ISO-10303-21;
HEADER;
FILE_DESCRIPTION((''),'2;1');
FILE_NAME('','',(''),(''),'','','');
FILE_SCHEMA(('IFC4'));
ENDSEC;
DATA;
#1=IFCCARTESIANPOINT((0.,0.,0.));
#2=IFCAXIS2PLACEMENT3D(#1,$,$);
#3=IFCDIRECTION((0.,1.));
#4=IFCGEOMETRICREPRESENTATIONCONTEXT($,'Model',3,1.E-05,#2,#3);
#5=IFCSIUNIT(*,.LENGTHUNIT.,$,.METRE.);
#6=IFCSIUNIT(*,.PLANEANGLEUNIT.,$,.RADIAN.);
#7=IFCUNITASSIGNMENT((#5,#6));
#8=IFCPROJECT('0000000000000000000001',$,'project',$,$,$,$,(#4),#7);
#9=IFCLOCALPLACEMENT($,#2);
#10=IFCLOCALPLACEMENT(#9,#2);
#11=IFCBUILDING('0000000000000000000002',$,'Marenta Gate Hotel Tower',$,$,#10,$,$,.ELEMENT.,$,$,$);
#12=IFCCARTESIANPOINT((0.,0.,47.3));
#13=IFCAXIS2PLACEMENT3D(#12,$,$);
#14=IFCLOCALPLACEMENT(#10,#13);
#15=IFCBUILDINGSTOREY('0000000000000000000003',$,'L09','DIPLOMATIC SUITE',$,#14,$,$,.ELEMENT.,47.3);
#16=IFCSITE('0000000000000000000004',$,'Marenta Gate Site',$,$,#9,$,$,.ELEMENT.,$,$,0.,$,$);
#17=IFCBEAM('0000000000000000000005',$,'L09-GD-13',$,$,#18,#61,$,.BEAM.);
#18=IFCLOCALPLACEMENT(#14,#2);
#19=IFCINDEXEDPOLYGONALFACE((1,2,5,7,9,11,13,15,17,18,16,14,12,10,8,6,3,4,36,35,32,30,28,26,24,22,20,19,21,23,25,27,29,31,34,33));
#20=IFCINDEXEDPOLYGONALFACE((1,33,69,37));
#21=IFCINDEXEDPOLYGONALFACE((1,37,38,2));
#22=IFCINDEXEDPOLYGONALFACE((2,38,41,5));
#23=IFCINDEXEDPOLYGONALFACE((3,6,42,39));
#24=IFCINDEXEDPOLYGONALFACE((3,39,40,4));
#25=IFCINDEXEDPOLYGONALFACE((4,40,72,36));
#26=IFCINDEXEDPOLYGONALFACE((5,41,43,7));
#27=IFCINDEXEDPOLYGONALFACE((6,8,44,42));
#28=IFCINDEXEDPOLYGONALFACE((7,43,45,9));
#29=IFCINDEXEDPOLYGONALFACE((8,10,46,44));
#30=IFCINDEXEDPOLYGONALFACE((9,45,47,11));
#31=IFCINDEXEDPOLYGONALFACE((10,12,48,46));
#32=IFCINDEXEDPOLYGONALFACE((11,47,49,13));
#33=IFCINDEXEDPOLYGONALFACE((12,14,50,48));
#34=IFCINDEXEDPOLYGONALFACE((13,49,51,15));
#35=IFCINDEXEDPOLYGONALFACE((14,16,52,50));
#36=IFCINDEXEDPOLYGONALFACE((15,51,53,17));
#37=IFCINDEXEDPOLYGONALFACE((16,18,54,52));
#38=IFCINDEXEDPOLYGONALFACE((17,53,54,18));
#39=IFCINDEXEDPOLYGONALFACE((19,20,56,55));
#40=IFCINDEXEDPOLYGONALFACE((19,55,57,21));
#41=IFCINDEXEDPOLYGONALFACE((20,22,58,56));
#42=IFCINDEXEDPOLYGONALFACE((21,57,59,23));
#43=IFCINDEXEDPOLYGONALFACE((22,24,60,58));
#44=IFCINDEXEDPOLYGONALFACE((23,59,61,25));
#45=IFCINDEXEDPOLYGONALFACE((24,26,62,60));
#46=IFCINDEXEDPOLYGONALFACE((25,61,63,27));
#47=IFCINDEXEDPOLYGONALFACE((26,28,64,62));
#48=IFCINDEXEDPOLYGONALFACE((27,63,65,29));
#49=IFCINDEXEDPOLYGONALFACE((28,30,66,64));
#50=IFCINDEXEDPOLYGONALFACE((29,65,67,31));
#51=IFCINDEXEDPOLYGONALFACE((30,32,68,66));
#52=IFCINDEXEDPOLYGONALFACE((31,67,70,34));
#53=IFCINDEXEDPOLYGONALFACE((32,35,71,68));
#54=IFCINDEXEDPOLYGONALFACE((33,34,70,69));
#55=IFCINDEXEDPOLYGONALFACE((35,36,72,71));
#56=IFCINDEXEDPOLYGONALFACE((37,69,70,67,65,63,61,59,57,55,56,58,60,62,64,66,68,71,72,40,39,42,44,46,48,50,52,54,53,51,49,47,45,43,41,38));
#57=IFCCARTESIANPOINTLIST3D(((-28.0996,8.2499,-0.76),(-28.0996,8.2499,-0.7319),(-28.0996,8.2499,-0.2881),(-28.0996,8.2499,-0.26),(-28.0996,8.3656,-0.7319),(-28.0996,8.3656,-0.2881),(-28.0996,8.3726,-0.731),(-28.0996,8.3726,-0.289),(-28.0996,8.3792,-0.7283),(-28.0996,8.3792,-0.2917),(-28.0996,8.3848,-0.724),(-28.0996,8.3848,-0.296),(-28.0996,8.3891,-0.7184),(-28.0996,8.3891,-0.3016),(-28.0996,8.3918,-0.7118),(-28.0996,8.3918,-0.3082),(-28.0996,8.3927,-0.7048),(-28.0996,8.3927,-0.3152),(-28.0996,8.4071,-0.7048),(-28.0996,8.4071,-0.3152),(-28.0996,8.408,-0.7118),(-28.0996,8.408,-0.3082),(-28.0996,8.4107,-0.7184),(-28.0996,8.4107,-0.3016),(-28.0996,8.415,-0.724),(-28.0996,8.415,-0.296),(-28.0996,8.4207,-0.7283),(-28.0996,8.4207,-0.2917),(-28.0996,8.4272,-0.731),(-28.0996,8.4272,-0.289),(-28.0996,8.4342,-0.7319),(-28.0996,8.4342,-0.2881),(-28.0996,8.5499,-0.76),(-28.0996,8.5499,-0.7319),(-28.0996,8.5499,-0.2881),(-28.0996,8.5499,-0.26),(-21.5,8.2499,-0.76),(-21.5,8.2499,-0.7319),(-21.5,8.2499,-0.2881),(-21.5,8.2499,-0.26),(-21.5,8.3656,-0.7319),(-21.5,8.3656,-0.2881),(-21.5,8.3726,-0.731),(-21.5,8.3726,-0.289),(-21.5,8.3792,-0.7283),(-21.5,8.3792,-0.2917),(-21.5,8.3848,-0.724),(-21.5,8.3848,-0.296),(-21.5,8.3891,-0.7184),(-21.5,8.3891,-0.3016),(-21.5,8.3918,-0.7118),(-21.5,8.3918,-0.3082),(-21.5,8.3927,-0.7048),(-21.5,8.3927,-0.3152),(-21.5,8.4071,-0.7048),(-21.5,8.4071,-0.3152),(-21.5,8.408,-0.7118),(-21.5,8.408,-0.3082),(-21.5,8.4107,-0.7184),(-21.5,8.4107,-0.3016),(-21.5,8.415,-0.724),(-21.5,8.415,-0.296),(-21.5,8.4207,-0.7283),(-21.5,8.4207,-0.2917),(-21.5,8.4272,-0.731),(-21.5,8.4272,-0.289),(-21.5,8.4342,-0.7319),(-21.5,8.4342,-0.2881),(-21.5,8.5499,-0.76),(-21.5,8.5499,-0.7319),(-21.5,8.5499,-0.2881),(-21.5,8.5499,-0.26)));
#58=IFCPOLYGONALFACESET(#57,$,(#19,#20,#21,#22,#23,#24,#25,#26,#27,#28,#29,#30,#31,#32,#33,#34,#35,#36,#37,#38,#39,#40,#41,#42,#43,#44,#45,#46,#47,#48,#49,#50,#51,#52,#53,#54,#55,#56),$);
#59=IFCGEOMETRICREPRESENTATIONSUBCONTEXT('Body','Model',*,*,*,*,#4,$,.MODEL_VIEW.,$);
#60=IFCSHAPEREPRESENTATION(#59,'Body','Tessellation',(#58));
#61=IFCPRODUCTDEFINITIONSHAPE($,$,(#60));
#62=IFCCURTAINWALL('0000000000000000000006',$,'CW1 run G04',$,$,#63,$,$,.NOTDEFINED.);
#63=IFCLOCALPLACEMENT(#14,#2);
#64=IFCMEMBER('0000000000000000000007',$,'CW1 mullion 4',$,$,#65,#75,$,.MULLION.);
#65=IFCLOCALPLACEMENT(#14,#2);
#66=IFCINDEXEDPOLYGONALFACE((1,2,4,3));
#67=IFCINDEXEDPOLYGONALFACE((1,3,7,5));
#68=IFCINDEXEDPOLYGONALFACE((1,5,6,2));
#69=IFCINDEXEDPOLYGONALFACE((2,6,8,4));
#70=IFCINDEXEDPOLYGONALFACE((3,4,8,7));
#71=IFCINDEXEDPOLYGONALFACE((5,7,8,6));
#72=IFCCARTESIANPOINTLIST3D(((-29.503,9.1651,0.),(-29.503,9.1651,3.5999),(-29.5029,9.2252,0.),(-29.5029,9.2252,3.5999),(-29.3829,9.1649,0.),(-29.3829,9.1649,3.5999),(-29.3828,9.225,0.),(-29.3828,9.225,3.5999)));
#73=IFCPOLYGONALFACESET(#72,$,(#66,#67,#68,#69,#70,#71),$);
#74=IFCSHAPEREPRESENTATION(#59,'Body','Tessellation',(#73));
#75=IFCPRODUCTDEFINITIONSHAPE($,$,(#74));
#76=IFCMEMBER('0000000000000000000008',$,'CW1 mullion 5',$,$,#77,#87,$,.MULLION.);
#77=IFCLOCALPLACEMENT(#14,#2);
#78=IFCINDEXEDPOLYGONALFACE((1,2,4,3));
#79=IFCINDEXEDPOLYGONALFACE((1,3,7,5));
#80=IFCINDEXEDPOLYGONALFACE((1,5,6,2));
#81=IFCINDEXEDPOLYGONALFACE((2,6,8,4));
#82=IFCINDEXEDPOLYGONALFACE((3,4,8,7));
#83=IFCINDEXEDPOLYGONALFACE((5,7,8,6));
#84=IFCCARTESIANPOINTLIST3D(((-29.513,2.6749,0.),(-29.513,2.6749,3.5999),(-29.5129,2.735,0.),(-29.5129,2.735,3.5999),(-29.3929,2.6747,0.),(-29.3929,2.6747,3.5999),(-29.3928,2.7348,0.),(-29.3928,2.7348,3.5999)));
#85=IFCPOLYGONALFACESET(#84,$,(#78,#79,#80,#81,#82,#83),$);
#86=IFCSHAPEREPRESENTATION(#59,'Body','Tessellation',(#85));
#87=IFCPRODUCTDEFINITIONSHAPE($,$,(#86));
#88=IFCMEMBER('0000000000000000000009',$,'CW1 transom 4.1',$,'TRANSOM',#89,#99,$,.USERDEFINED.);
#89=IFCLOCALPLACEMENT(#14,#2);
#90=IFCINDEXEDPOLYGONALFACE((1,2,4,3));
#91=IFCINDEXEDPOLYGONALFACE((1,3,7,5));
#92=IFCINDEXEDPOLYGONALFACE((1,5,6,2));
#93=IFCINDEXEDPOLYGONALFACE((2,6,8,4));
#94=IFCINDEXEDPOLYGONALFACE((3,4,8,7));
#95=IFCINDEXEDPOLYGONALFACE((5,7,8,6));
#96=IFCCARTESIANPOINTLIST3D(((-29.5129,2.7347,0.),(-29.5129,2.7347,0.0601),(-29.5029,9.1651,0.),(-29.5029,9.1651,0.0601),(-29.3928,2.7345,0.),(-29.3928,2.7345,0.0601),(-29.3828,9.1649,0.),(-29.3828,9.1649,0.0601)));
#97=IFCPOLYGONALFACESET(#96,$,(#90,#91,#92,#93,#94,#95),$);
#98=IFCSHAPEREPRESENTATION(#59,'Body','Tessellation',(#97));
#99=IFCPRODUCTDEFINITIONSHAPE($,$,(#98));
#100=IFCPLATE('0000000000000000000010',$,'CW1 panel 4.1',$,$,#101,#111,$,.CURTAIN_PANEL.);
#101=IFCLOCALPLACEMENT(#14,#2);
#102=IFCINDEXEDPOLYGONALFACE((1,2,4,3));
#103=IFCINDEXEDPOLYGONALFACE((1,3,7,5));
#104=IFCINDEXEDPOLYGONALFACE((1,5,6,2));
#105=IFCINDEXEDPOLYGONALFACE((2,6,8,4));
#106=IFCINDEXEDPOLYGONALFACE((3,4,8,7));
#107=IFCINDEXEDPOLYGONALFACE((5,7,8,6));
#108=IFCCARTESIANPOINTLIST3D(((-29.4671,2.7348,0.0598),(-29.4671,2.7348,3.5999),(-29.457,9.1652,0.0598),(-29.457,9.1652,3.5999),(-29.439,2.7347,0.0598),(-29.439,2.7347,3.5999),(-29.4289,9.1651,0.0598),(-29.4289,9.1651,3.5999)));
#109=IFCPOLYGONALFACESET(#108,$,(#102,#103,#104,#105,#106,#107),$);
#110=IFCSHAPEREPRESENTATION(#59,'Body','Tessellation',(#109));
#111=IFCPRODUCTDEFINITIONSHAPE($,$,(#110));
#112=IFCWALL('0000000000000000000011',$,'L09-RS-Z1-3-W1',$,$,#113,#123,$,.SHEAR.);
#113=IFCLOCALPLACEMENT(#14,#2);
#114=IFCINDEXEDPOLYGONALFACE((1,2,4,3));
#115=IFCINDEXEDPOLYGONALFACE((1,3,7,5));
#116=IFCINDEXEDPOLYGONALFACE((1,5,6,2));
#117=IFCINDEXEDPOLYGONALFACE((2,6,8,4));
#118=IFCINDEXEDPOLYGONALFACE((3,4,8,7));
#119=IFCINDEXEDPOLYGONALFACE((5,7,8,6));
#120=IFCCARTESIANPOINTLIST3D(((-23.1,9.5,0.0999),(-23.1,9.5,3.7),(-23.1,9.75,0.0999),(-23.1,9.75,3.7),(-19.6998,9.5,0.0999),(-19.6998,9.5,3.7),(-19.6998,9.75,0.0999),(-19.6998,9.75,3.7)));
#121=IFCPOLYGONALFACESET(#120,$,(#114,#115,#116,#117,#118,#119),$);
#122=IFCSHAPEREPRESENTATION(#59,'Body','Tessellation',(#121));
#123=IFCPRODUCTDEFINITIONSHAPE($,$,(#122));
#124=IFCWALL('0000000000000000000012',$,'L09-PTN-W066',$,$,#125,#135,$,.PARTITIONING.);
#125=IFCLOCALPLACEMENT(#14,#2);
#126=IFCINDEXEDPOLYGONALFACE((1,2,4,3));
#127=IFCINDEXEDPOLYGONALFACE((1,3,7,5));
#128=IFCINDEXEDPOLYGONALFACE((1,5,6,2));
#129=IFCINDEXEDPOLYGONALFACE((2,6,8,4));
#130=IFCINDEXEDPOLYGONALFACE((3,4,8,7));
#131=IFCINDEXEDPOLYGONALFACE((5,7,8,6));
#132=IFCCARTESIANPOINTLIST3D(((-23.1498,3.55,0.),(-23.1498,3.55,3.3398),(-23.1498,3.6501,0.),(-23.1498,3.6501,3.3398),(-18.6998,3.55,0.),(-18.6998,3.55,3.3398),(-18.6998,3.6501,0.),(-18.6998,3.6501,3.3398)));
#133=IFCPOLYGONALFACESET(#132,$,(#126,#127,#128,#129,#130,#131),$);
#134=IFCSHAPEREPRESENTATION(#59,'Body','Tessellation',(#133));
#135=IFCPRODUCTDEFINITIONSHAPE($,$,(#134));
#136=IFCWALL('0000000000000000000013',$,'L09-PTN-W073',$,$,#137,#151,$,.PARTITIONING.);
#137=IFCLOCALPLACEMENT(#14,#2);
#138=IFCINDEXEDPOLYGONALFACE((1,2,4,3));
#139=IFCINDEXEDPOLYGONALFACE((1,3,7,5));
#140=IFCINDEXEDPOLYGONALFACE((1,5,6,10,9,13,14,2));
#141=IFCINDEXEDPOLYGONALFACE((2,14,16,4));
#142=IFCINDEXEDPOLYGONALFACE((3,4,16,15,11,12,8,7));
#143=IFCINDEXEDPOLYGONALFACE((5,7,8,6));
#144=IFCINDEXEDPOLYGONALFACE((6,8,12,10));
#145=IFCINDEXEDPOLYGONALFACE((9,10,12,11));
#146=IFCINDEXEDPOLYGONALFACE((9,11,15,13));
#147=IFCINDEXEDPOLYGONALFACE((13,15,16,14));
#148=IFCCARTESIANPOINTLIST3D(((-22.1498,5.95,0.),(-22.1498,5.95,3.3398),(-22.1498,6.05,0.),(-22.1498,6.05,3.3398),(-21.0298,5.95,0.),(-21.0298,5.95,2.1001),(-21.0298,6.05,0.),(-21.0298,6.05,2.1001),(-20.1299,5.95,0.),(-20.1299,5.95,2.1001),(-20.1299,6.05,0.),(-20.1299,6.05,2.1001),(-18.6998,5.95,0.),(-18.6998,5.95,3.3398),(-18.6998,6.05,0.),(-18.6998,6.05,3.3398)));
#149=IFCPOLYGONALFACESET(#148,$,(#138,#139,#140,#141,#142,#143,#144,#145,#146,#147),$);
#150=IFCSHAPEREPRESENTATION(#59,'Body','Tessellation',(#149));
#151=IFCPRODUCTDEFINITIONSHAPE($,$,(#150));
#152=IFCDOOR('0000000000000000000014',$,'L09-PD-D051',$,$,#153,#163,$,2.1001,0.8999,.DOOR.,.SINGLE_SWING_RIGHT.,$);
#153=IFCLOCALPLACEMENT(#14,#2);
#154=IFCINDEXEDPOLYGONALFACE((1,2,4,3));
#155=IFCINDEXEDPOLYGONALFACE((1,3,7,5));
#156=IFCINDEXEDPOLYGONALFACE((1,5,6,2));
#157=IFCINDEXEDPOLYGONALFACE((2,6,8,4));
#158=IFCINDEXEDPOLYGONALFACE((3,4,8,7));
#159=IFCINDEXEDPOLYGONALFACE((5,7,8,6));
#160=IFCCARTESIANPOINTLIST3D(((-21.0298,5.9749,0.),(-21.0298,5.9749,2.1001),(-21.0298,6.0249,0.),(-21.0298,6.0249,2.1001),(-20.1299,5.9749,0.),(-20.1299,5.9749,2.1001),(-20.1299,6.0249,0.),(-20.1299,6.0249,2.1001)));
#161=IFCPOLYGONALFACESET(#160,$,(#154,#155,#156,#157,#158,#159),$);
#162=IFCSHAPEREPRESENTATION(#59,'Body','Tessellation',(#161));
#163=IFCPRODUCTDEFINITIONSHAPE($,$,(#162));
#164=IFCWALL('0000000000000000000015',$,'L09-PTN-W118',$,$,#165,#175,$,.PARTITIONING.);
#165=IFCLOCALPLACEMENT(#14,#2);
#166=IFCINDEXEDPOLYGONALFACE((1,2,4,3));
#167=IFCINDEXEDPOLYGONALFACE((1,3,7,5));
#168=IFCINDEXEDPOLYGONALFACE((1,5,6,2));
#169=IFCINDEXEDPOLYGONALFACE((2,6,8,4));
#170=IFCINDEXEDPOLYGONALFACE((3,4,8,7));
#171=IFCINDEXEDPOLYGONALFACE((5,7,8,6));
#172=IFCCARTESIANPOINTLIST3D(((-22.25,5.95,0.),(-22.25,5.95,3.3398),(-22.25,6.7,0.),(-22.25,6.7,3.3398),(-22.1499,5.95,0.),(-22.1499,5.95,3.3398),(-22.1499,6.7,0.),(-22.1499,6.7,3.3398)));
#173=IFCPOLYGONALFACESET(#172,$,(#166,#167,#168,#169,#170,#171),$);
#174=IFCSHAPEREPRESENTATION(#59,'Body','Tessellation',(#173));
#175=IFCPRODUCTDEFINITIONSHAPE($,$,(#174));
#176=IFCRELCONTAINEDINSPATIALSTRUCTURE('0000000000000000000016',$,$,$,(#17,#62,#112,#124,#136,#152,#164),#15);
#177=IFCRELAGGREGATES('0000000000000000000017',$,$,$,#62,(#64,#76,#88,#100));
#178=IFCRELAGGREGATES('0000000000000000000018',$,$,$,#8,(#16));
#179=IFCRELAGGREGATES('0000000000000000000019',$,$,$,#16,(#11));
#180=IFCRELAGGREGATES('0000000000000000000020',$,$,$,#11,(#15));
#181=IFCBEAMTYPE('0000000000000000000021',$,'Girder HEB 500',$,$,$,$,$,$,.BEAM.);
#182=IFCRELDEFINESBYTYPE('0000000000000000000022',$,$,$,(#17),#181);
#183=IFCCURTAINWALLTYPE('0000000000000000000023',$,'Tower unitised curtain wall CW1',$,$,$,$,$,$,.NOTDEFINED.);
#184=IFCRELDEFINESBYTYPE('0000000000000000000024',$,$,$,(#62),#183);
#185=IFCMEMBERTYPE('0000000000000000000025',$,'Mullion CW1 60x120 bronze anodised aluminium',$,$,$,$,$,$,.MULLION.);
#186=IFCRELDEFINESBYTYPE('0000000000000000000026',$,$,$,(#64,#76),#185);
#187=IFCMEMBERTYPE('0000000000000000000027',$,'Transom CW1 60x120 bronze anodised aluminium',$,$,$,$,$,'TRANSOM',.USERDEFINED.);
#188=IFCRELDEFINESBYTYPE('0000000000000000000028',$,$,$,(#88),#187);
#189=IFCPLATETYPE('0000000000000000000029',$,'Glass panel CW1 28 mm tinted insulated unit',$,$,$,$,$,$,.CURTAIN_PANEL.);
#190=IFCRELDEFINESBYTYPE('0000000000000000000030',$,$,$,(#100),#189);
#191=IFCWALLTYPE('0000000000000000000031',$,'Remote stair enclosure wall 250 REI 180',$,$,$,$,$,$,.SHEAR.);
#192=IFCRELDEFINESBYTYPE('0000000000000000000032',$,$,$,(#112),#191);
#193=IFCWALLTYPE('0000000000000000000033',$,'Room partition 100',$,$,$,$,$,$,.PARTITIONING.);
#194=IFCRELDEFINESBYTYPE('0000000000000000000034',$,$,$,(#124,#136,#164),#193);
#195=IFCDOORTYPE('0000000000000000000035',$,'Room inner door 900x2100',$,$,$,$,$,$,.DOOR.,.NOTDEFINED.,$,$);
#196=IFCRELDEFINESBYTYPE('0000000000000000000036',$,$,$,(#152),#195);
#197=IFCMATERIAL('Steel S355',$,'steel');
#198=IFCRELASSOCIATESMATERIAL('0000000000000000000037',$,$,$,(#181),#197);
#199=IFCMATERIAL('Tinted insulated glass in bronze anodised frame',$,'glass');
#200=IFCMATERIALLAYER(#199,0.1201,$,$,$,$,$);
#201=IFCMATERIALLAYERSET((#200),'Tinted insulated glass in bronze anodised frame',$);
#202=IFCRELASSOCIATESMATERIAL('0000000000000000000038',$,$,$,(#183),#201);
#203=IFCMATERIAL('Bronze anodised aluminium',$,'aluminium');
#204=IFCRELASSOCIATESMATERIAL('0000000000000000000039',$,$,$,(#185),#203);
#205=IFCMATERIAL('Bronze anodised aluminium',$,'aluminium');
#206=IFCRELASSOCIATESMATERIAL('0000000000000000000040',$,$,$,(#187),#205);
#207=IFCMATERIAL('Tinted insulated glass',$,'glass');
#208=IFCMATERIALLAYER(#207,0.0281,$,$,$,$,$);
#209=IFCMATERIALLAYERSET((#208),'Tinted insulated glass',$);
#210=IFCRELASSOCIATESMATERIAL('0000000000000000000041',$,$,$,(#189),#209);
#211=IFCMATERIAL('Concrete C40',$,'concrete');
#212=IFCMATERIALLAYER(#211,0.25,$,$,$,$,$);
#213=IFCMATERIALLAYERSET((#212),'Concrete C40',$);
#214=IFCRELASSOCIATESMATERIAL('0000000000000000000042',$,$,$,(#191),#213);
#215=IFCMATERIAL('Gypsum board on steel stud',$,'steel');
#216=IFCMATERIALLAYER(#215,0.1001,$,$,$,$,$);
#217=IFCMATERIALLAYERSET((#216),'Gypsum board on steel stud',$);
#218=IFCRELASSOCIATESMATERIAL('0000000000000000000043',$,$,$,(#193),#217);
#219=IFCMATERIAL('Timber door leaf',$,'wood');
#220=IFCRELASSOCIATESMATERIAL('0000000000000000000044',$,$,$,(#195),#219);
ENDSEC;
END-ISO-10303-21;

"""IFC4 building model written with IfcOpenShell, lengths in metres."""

from ifc_helpers import new_model, si_unit, direction, frame, frame_2d, origin, origin_2d, place, context, subcontext, project, spatial, rectangle, i_section, extrude, material, layer, layer_set, material_profile, profile_set, type_object, element, fill, aggregate, save


model = new_model("IFC4")

# Units and contexts
model_context = context("Model", 3, precision=1e-05, world=origin(), true_north=direction((0.0, 1.0)))
body_context = subcontext(model_context, "Body", "Model", "MODEL_VIEW")
ifc_project = project(units=[si_unit("LENGTHUNIT", "METRE"), si_unit("PLANEANGLEUNIT", "RADIAN")], contexts=[model_context])

# Site, building, storey
site_placement = place(None, origin())
site = spatial("IfcSite", under=ifc_project, at=site_placement, Name="Marenta Gate Site", CompositionType="ELEMENT", RefElevation=0.0)
building_placement = place(site_placement, origin())
building = spatial("IfcBuilding", under=site, at=building_placement, Name="Marenta Gate Hotel Tower", CompositionType="ELEMENT")
storey_placement = place(building_placement, frame((0.0, 0.0, 47.3)))
storey = spatial("IfcBuildingStorey", under=building, at=storey_placement, Name="L09", Description="DIPLOMATIC SUITE", CompositionType="ELEMENT", Elevation=47.3)

# Beam
ifc_material_1 = material(Name="Steel S355", Category="steel")
ifc_material_profile_1 = material_profile(ifc_material_1, i_section(OverallWidth=0.3, OverallDepth=0.5, WebThickness=0.0144, FlangeThickness=0.0281, FilletRadius=0.0271, at=origin_2d()), Name="HEB 500")
ifc_profile_set_1 = profile_set([ifc_material_profile_1], Name="Steel S355")
beam_type_1 = type_object("IfcBeamType", Name="Girder HEB 500", PredefinedType="BEAM", material=ifc_profile_set_1)
beam_1_placement = place(storey_placement, frame((-28.0996, 8.3999, -0.51), z_axis=(1.0, 0.0, 0.0), x_axis=(0.0, 1.0, 0.0)))
element("IfcBeam", 1, at=beam_1_placement, inside=storey, type_object=beam_type_1, Name="L09-GD-13", PredefinedType="BEAM", context=body_context, shape_type="SweptSolid", body=[
    extrude(i_section(OverallWidth=0.3, OverallDepth=0.5, WebThickness=0.0144, FlangeThickness=0.0281, FilletRadius=0.0271, at=origin_2d()), origin(), (0.0, 0.0, 1.0), 6.5996),
])

# Curtain wall, members, plate
ifc_material_2 = material(Name="Tinted insulated glass in bronze anodised frame", Category="glass")
ifc_layer_1 = layer(ifc_material_2, 0.1201)
ifc_layer_set_1 = layer_set([ifc_layer_1], Name="Tinted insulated glass in bronze anodised frame")
curtain_wall_type = type_object("IfcCurtainWallType", Name="Tower unitised curtain wall CW1", PredefinedType="NOTDEFINED", material=ifc_layer_set_1)
curtain_wall_placement = place(storey_placement, origin())
curtain_wall = element("IfcCurtainWall", 2, at=curtain_wall_placement, inside=storey, type_object=curtain_wall_type, Name="CW1 run G04", PredefinedType="NOTDEFINED")
ifc_material_3 = material(Name="Bronze anodised aluminium", Category="aluminium")
ifc_material_profile_2 = material_profile(ifc_material_3, rectangle(XDim=0.1201, YDim=0.0601, at=origin_2d()), Name="Mullion CW1 60x120 bronze anodised aluminium")
ifc_profile_set_2 = profile_set([ifc_material_profile_2], Name="Bronze anodised aluminium")
member_type_1 = type_object("IfcMemberType", Name="Mullion CW1 60x120 bronze anodised aluminium", PredefinedType="MULLION", material=ifc_profile_set_2)
member_1_placement = place(storey_placement, frame((-29.4429, 9.1951, 0.0), z_axis=(0.0, 0.0, 1.0), x_axis=(0.999999, -0.001566, 0.0)))
member_1 = element("IfcMember", 3, at=member_1_placement, type_object=member_type_1, Name="CW1 mullion 4", PredefinedType="MULLION", context=body_context, shape_type="SweptSolid", body=[
    extrude(rectangle(XDim=0.1201, YDim=0.0601, at=origin_2d()), origin(), (0.0, 0.0, 1.0), 3.5999),
])
member_2_placement = place(storey_placement, frame((-29.4529, 2.7048, 0.0), z_axis=(0.0, 0.0, 1.0), x_axis=(0.999999, -0.001566, 0.0)))
member_2 = element("IfcMember", 4, at=member_2_placement, type_object=member_type_1, Name="CW1 mullion 5", PredefinedType="MULLION", context=body_context, shape_type="SweptSolid", body=[
    extrude(rectangle(XDim=0.1201, YDim=0.0601, at=origin_2d()), origin(), (0.0, 0.0, 1.0), 3.5999),
])
ifc_material_4 = material(Name="Bronze anodised aluminium", Category="aluminium")
ifc_material_profile_3 = material_profile(ifc_material_4, rectangle(XDim=0.1201, YDim=0.0601, at=origin_2d()), Name="Transom CW1 60x120 bronze anodised aluminium")
ifc_profile_set_3 = profile_set([ifc_material_profile_3], Name="Bronze anodised aluminium")
member_type_2 = type_object("IfcMemberType", Name="Transom CW1 60x120 bronze anodised aluminium", ElementType="TRANSOM", PredefinedType="USERDEFINED", material=ifc_profile_set_3)
member_3_placement = place(storey_placement, frame((-29.4429, 9.165, 0.03), z_axis=(-0.001557, -0.999999, 0.0), x_axis=(0.999999, -0.001557, 0.0)))
member_3 = element("IfcMember", 5, at=member_3_placement, type_object=member_type_2, Name="CW1 transom 4.1", ObjectType="TRANSOM", PredefinedType="USERDEFINED", context=body_context, shape_type="SweptSolid", body=[
    extrude(rectangle(XDim=0.1201, YDim=0.0601, at=origin_2d()), origin(), (0.0, 0.0, 1.0), 6.4304),
])
ifc_material_5 = material(Name="Tinted insulated glass", Category="glass")
ifc_layer_2 = layer(ifc_material_5, 0.0281)
ifc_layer_set_2 = layer_set([ifc_layer_2], Name="Tinted insulated glass")
plate_type = type_object("IfcPlateType", Name="Glass panel CW1 28 mm tinted insulated unit", PredefinedType="CURTAIN_PANEL", material=ifc_layer_set_2)
plate_placement = place(storey_placement, frame((-29.448, 5.95, 0.0598), z_axis=(0.0, 0.0, 1.0), x_axis=(-0.001566, -0.999999, 0.0)))
plate = element("IfcPlate", 6, at=plate_placement, type_object=plate_type, Name="CW1 panel 4.1", PredefinedType="CURTAIN_PANEL", context=body_context, shape_type="SweptSolid", body=[
    extrude(rectangle(XDim=6.4304, YDim=0.0281, at=origin_2d()), origin(), (0.0, 0.0, 1.0), 3.54),
])
aggregate(curtain_wall, [member_1, member_2, member_3, plate])

# Wall
ifc_material_6 = material(Name="Concrete C40", Category="concrete")
ifc_layer_3 = layer(ifc_material_6, 0.25)
ifc_layer_set_3 = layer_set([ifc_layer_3], Name="Concrete C40")
wall_type_1 = type_object("IfcWallType", Name="Remote stair enclosure wall 250 REI 180", PredefinedType="SHEAR", material=ifc_layer_set_3)
wall_1_placement = place(storey_placement, frame((-23.1001, 9.625, 0.0999), z_axis=(0.0, 0.0, 1.0), x_axis=(1.0, 0.0, 0.0)))
element("IfcWall", 7, at=wall_1_placement, inside=storey, type_object=wall_type_1, Name="L09-RS-Z1-3-W1", PredefinedType="SHEAR", context=body_context, shape_type="SweptSolid", body=[
    extrude(rectangle(XDim=3.4001, YDim=0.25, at=frame_2d((1.7002, 0.0))), origin(), (0.0, 0.0, 1.0), 3.6001),
])

# Wall
ifc_material_7 = material(Name="Gypsum board on steel stud", Category="steel")
ifc_layer_4 = layer(ifc_material_7, 0.1001)
ifc_layer_set_4 = layer_set([ifc_layer_4], Name="Gypsum board on steel stud")
wall_type_2 = type_object("IfcWallType", Name="Room partition 100", PredefinedType="PARTITIONING", material=ifc_layer_set_4)
wall_2_placement = place(storey_placement, frame((-23.1499, 3.6001, 0.0), z_axis=(0.0, 0.0, 1.0), x_axis=(1.0, 0.0, 0.0)))
element("IfcWall", 8, at=wall_2_placement, inside=storey, type_object=wall_type_2, Name="L09-PTN-W066", PredefinedType="PARTITIONING", context=body_context, shape_type="SweptSolid", body=[
    extrude(rectangle(XDim=4.45, YDim=0.1001, at=frame_2d((2.2251, 0.0))), origin(), (0.0, 0.0, 1.0), 3.3398),
])

# Wall, opening, door
wall_3_placement = place(storey_placement, frame((-22.1499, 6.0, 0.0), z_axis=(0.0, 0.0, 1.0), x_axis=(1.0, 0.0, 0.0)))
wall_3 = element("IfcWall", 9, at=wall_3_placement, inside=storey, type_object=wall_type_2, Name="L09-PTN-W073", PredefinedType="PARTITIONING", context=body_context, shape_type="SweptSolid", body=[
    extrude(rectangle(XDim=3.45, YDim=0.1001, at=frame_2d((1.7251, 0.0))), origin(), (0.0, 0.0, 1.0), 3.3398),
])
opening_1_placement = place(wall_3_placement, frame((1.1201, 0.0, 0.0)))
opening_1 = element("IfcOpeningElement", 10, at=opening_1_placement, cuts=wall_3, PredefinedType="OPENING", context=body_context, shape_type="SweptSolid", body=[
    extrude(rectangle(XDim=0.8999, YDim=2.1001, at=frame_2d((0.45, 1.05))), frame((0.0, 0.05, 0.0), z_axis=(0.0, -1.0, 0.0), x_axis=(1.0, 0.0, 0.0)), (0.0, 0.0, 1.0), 0.1001),
])
ifc_material_8 = material(Name="Timber door leaf", Category="wood")
door_type_1 = type_object("IfcDoorType", Name="Room inner door 900x2100", OperationType="NOTDEFINED", PredefinedType="DOOR", material=ifc_material_8)
door_1_placement = place(opening_1_placement, origin())
door_1 = element("IfcDoor", 11, at=door_1_placement, inside=storey, type_object=door_type_1, Name="L09-PD-D051", OperationType="SINGLE_SWING_RIGHT", OverallHeight=2.1001, OverallWidth=0.8999, PredefinedType="DOOR", context=body_context, shape_type="SweptSolid", body=[
    extrude(rectangle(XDim=0.8999, YDim=2.1001, at=frame_2d((0.45, 1.05))), frame((0.0, 0.0249, 0.0), z_axis=(0.0, -1.0, 0.0), x_axis=(1.0, 0.0, 0.0)), (0.0, 0.0, 1.0), 0.05),
])
fill(opening_1, door_1)

# Wall
wall_4_placement = place(storey_placement, frame((-22.2, 5.95, 0.0), z_axis=(0.0, 0.0, 1.0), x_axis=(0.0, 1.0, 0.0)))
element("IfcWall", 12, at=wall_4_placement, inside=storey, type_object=wall_type_2, Name="L09-PTN-W118", PredefinedType="PARTITIONING", context=body_context, shape_type="SweptSolid", body=[
    extrude(rectangle(XDim=0.75, YDim=0.1001, at=frame_2d((0.375, 0.0))), origin(), (0.0, 0.0, 1.0), 3.3398),
])

save(model, "model.ifc")
